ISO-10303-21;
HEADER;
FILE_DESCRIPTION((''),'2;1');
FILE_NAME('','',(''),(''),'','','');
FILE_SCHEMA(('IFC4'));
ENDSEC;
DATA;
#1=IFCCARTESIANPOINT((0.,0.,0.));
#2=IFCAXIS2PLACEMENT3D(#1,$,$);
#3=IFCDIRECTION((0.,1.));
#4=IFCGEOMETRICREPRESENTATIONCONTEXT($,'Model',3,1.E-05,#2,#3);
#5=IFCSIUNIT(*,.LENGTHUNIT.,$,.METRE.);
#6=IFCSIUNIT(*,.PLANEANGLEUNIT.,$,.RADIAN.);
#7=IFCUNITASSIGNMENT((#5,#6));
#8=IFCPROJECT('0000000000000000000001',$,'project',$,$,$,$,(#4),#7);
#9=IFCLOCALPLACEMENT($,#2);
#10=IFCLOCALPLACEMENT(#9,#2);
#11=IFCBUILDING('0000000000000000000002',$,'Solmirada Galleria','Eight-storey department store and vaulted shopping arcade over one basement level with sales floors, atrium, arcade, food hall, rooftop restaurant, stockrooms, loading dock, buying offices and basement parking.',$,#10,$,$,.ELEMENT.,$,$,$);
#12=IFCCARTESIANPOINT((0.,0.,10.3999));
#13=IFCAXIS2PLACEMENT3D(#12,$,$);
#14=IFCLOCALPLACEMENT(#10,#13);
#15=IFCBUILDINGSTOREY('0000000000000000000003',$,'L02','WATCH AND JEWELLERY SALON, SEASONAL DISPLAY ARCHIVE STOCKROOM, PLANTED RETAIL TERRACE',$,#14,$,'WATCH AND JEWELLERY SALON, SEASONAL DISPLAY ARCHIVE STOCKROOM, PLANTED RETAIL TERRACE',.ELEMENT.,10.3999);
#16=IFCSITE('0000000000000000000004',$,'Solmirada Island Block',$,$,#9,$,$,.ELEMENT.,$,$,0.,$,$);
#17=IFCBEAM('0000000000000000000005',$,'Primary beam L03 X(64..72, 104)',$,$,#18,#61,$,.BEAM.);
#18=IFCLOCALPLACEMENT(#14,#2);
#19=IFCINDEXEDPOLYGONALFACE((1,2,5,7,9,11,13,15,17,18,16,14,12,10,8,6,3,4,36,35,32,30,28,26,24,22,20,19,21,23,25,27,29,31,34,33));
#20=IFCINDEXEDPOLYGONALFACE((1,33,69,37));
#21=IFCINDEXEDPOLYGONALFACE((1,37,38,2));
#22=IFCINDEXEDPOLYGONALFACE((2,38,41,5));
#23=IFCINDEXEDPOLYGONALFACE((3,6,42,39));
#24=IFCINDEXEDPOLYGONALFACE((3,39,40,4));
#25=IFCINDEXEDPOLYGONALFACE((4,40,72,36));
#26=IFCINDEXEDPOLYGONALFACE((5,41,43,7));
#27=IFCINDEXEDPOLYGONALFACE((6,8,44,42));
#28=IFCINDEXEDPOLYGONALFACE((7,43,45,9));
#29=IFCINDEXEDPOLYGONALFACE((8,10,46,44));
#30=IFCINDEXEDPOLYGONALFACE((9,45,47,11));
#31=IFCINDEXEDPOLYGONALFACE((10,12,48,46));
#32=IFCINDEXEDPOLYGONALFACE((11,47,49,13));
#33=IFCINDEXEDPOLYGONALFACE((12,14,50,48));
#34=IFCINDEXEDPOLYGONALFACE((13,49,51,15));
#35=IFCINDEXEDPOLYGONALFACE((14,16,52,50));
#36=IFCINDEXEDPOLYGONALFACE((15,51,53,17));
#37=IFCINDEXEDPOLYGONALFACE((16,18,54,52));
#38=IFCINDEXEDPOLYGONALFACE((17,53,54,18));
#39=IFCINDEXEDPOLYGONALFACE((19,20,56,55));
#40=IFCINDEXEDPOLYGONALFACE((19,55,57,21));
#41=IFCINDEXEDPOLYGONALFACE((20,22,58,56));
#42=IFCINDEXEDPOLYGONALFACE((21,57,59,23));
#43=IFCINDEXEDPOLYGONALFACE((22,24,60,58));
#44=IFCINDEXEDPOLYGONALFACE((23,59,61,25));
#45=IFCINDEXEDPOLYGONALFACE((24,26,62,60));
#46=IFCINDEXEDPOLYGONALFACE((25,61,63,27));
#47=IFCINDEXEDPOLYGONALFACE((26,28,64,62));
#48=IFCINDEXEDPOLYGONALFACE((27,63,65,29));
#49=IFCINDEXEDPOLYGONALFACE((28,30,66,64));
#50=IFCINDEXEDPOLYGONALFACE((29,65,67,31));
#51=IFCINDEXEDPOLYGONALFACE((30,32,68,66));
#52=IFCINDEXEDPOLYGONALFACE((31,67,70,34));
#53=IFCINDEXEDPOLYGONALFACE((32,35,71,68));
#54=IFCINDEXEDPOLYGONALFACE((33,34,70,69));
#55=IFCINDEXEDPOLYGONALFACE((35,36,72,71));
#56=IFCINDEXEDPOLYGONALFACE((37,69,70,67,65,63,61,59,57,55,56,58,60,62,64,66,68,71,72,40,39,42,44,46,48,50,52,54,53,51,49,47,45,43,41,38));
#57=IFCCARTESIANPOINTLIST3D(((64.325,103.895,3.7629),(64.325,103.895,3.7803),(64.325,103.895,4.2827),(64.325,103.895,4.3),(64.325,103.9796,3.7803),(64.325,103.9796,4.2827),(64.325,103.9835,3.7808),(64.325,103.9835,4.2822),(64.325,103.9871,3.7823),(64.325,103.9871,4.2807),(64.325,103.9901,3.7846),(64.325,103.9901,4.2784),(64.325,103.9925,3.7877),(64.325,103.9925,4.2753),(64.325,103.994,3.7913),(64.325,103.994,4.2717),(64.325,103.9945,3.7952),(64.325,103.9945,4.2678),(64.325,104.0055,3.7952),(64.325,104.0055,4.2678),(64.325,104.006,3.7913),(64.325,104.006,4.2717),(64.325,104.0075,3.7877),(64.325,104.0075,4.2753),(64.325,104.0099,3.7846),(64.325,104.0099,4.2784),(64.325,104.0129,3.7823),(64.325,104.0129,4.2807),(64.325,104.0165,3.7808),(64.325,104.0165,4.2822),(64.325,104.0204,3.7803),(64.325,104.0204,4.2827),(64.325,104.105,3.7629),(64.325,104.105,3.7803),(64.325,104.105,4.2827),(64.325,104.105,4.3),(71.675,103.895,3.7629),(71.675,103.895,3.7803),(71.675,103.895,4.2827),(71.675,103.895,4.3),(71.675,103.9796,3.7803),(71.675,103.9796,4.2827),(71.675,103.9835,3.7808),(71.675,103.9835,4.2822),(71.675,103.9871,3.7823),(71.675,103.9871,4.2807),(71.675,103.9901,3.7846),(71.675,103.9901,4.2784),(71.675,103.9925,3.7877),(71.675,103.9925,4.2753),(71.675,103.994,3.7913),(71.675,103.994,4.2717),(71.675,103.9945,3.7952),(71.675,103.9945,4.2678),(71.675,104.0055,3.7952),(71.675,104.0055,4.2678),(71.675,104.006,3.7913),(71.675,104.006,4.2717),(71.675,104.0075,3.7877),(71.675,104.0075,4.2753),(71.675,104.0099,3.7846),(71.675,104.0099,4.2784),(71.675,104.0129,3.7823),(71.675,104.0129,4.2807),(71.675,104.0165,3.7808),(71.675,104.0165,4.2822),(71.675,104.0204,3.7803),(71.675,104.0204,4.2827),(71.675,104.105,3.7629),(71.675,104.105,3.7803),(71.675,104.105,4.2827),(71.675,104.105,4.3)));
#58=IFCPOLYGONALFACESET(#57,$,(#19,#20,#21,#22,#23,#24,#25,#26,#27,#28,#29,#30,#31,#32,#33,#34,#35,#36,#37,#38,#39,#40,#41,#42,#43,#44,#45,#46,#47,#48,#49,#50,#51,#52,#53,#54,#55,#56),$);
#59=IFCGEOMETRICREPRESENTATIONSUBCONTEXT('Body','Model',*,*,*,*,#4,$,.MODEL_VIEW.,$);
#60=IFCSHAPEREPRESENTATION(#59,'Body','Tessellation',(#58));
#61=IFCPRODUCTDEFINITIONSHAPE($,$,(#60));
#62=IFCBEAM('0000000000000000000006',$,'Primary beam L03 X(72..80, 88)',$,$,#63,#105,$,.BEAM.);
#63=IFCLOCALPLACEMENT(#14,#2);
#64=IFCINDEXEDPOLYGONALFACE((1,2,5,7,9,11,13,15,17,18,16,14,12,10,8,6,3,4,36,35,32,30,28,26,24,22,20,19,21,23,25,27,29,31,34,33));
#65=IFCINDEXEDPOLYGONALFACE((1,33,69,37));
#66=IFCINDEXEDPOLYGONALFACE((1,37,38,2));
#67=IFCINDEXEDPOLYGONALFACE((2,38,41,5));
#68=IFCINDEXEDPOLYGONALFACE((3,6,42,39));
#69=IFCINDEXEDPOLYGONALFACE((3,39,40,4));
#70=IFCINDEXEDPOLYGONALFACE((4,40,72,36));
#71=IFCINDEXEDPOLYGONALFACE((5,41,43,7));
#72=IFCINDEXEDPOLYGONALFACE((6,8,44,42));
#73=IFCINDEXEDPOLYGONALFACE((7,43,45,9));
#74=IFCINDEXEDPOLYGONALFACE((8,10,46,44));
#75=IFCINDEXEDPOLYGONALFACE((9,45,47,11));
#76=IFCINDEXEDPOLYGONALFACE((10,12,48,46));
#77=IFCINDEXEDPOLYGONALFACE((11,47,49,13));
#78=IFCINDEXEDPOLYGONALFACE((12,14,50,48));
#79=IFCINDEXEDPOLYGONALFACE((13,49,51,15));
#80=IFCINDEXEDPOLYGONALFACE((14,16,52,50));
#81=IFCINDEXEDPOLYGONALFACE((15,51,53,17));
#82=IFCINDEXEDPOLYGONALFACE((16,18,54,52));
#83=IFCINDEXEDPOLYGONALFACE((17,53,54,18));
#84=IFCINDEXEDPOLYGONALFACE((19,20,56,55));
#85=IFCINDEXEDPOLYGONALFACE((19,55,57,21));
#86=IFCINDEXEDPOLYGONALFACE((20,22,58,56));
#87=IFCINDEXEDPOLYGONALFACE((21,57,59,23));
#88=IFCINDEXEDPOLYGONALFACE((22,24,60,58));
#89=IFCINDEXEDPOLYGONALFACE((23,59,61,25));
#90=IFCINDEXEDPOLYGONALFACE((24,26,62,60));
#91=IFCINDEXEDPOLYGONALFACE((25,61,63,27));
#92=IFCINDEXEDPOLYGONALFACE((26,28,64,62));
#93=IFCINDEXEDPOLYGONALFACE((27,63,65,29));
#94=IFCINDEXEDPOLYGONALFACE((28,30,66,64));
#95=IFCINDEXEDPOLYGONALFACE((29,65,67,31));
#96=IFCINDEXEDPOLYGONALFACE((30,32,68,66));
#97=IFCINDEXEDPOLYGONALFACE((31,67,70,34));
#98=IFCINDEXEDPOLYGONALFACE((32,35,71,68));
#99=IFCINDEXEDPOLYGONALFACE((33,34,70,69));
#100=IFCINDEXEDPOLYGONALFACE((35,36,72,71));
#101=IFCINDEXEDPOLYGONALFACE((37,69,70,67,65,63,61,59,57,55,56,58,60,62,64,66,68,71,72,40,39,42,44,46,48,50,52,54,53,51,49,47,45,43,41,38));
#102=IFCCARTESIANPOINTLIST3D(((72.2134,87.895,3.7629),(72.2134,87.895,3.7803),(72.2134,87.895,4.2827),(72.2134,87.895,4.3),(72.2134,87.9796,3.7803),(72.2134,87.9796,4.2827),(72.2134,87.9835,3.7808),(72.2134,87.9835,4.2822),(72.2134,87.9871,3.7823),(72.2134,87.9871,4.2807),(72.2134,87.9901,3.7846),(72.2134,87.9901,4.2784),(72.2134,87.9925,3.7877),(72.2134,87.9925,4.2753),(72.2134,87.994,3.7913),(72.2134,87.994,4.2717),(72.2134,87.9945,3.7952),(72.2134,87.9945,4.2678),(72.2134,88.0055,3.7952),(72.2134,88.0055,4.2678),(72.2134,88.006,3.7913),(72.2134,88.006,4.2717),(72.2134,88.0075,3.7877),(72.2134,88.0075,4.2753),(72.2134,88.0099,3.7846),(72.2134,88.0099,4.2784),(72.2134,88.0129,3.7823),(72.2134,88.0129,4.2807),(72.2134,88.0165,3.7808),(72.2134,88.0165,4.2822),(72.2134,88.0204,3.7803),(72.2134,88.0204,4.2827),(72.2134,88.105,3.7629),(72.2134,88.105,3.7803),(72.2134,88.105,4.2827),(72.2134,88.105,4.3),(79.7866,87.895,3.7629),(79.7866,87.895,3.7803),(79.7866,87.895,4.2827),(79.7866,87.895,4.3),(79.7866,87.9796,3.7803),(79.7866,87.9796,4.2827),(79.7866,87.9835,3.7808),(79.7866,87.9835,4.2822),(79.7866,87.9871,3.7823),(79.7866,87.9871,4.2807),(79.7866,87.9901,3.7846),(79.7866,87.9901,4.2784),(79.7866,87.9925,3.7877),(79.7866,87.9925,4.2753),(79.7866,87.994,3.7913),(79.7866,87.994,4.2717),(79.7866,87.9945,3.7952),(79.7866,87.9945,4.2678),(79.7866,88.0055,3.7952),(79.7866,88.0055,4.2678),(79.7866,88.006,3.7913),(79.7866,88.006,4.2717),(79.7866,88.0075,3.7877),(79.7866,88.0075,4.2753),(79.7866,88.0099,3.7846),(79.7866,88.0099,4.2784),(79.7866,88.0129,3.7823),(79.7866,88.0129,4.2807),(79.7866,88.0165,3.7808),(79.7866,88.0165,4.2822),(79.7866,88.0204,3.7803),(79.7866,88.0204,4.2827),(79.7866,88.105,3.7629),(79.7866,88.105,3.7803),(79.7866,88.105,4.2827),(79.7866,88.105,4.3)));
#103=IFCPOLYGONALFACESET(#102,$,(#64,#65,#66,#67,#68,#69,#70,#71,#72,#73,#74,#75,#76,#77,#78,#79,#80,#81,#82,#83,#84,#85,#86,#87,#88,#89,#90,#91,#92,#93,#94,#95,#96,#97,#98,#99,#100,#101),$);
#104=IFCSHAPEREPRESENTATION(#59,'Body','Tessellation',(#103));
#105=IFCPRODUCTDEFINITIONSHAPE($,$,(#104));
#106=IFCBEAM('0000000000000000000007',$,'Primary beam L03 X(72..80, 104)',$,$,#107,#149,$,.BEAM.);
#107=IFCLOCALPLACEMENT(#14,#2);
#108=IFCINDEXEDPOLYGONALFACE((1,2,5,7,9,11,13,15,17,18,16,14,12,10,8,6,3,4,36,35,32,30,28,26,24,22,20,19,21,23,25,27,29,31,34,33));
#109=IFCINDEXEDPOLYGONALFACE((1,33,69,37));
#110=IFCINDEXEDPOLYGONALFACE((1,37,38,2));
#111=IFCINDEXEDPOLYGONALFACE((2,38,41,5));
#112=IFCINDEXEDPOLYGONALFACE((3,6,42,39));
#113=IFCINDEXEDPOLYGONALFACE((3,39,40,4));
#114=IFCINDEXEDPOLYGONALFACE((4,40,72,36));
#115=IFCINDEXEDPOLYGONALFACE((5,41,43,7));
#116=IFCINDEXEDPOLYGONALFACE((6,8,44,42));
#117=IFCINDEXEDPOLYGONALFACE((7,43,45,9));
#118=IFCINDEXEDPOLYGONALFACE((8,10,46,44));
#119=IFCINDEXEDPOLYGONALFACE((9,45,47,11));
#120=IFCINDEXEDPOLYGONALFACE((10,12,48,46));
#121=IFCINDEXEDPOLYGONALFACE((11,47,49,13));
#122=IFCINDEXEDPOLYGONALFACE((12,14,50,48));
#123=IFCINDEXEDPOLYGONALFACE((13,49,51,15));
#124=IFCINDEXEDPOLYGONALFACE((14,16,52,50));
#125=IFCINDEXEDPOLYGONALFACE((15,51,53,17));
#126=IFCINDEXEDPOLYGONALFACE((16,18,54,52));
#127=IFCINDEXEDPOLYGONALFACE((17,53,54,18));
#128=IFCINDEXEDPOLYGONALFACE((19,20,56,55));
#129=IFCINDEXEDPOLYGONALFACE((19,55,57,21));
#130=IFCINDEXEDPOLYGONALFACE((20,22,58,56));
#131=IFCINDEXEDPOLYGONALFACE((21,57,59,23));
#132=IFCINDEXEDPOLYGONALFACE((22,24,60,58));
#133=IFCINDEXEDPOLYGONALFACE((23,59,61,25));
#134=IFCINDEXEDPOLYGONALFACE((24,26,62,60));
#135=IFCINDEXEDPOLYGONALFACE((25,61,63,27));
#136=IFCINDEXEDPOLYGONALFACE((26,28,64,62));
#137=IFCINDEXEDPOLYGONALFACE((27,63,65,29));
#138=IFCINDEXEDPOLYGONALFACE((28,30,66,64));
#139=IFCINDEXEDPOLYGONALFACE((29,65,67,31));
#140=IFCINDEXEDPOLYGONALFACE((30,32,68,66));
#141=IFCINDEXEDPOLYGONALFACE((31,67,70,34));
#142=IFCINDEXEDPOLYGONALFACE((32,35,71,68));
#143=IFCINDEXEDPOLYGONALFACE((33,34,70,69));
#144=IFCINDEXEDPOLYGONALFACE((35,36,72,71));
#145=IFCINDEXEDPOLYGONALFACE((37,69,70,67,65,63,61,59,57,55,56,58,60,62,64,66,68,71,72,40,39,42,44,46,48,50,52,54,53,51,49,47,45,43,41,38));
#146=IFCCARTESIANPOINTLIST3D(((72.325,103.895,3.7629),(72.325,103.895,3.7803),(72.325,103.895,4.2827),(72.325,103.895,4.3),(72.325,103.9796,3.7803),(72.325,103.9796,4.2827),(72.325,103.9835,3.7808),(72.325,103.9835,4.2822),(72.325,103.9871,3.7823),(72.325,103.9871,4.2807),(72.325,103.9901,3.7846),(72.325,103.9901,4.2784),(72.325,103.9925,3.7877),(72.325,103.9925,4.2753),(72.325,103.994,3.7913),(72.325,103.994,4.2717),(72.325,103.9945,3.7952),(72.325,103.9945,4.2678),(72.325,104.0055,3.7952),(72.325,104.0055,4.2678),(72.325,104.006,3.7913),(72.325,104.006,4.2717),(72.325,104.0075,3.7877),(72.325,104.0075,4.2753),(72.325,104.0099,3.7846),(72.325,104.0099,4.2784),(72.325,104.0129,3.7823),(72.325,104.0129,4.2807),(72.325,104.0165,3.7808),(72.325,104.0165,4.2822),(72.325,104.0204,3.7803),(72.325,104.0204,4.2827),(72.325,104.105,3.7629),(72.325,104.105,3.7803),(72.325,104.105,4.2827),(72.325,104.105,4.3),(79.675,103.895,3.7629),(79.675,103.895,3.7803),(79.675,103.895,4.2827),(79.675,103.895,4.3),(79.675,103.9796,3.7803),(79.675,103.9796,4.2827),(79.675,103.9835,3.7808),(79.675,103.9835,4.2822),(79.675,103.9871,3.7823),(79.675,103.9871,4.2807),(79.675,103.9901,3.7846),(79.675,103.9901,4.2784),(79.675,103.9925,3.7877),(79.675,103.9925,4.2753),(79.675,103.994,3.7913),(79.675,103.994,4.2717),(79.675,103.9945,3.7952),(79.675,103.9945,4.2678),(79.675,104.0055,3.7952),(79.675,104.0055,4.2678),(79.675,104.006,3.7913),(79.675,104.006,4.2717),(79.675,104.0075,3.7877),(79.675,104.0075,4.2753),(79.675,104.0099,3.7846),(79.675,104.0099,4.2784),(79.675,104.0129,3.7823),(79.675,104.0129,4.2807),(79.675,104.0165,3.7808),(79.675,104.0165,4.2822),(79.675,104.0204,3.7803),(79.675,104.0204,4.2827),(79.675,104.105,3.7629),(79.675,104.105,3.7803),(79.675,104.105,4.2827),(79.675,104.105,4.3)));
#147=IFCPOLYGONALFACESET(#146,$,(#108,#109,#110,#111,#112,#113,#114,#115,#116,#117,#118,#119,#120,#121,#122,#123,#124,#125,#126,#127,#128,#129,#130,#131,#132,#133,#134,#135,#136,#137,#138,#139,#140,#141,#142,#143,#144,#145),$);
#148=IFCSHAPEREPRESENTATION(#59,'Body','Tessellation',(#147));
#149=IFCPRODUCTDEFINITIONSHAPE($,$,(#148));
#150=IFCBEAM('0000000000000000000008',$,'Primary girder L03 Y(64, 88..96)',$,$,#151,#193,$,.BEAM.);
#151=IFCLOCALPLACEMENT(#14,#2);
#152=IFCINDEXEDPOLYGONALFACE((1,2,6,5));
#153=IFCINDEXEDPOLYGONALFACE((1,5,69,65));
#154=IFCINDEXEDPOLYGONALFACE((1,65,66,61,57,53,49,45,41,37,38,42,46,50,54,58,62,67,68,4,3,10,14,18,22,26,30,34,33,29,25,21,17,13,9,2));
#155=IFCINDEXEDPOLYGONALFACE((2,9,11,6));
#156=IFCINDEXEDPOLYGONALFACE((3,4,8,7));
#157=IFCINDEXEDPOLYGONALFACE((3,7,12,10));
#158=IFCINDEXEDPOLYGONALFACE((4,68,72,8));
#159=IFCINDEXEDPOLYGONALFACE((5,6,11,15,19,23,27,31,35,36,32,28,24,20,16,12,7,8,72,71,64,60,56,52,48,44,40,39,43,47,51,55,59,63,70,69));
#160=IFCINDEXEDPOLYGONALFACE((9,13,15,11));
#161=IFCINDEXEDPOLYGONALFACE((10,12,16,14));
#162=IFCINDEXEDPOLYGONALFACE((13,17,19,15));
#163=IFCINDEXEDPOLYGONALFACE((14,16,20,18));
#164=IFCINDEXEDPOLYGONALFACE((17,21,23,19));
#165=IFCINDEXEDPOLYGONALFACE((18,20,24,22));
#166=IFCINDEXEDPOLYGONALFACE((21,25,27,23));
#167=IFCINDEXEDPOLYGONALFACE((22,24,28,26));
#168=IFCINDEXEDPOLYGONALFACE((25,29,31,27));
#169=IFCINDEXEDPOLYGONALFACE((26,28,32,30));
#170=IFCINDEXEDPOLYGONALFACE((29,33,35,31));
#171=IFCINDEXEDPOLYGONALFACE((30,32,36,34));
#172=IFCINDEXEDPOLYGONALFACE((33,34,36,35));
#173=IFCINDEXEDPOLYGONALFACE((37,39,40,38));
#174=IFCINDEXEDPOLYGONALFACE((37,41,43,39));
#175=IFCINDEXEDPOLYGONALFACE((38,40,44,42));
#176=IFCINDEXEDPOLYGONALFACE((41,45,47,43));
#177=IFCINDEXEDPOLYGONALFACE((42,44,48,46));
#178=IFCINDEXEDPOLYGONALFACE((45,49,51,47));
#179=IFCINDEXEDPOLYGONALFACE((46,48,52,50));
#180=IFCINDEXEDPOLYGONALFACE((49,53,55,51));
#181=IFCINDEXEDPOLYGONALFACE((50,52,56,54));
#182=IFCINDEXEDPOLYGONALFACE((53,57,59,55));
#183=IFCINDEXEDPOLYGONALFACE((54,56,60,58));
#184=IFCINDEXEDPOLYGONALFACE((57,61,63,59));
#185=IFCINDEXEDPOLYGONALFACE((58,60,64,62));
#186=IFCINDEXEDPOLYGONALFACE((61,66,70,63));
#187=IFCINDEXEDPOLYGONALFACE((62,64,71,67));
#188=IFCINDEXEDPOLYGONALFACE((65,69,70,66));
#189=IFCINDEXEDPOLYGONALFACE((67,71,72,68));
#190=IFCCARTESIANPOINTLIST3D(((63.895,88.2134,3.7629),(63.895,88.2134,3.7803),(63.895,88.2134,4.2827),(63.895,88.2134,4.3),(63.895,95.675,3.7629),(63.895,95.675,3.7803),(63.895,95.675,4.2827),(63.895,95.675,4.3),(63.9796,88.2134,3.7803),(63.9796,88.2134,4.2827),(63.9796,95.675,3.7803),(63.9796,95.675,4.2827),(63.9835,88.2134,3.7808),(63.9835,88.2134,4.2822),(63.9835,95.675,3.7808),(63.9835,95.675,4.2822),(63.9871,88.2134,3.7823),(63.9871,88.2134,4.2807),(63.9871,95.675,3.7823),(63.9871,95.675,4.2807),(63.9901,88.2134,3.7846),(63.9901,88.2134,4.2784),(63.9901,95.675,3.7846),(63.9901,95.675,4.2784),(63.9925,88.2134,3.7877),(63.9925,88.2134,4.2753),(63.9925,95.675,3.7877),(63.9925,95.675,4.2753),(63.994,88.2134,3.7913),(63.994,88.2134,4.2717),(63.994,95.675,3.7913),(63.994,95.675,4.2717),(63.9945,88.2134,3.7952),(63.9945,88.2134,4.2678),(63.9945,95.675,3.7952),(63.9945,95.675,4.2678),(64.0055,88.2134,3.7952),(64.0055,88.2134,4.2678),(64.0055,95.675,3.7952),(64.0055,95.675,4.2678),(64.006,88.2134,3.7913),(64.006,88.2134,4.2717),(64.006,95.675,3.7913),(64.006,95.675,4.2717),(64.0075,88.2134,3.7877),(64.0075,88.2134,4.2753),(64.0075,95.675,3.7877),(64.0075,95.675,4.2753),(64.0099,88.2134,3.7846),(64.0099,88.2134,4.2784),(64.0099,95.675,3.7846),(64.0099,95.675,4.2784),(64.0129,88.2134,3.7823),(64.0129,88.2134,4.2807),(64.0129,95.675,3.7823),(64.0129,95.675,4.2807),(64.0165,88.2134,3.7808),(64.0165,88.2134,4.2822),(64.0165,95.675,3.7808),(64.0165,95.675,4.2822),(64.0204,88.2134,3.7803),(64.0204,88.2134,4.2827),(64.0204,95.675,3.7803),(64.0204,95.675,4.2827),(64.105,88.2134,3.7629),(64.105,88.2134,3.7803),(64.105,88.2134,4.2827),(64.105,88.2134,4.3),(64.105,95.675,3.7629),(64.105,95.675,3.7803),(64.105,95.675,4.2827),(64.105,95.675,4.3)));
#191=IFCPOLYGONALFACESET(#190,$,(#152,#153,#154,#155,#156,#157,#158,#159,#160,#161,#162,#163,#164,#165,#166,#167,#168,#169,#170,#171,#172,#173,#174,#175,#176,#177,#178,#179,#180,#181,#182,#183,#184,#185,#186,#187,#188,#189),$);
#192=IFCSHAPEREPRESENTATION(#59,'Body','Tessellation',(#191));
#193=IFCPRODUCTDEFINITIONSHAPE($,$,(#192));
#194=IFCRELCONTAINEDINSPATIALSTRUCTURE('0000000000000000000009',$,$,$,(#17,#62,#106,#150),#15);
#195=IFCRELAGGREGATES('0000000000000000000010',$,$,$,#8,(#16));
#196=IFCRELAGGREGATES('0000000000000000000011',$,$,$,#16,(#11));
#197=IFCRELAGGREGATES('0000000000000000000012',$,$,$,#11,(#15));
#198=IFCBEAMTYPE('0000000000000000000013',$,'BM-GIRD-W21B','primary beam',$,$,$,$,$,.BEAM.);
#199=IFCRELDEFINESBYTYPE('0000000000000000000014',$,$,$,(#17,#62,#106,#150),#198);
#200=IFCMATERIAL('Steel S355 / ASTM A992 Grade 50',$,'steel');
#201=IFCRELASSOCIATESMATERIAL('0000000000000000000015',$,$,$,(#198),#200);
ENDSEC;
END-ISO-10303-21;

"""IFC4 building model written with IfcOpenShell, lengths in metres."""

from ifc_helpers import new_model, si_unit, direction, frame, origin, origin_2d, place, context, subcontext, project, spatial, i_section, extrude, material, material_profile, profile_set, type_object, element, save


model = new_model("IFC4")

# Units and contexts
model_context = context("Model", 3, precision=1e-05, world=origin(), true_north=direction((0.0, 1.0)))
body_context = subcontext(model_context, "Body", "Model", "MODEL_VIEW")
ifc_project = project(units=[si_unit("LENGTHUNIT", "METRE"), si_unit("PLANEANGLEUNIT", "RADIAN")], contexts=[model_context])

# Site, building, storey
site_placement = place(None, origin())
site = spatial("IfcSite", under=ifc_project, at=site_placement, Name="Solmirada Island Block", CompositionType="ELEMENT", RefElevation=0.0)
building_placement = place(site_placement, origin())
building = spatial("IfcBuilding", under=site, at=building_placement, Name="Solmirada Galleria", Description="Eight-storey department store and vaulted shopping arcade over one basement level with sales floors, atrium, arcade, food hall, rooftop restaurant, stockrooms, loading dock, buying offices and basement parking.", CompositionType="ELEMENT")
storey_placement = place(building_placement, frame((0.0, 0.0, 10.3999)))
storey = spatial("IfcBuildingStorey", under=building, at=storey_placement, Name="L02", Description="WATCH AND JEWELLERY SALON, SEASONAL DISPLAY ARCHIVE STOCKROOM, PLANTED RETAIL TERRACE", LongName="WATCH AND JEWELLERY SALON, SEASONAL DISPLAY ARCHIVE STOCKROOM, PLANTED RETAIL TERRACE", CompositionType="ELEMENT", Elevation=10.3999)

# Beams
ifc_material_1 = material(Name="Steel S355 / ASTM A992 Grade 50", Category="steel")
ifc_material_profile_1 = material_profile(ifc_material_1, i_section(OverallWidth=0.21, OverallDepth=0.5371, WebThickness=0.011, FlangeThickness=0.0173, FilletRadius=0.0149, at=origin_2d()), Name="W21X68")
ifc_profile_set_1 = profile_set([ifc_material_profile_1], Name="Steel S355 / ASTM A992 Grade 50")
beam_type_1 = type_object("IfcBeamType", Name="BM-GIRD-W21B", Description="primary beam", PredefinedType="BEAM", material=ifc_profile_set_1)
beam_1_placement = place(storey_placement, frame((64.325, 104.0, 4.0315), z_axis=(1.0, 0.0, 0.0), x_axis=(0.0, 1.0, 0.0)))
element("IfcBeam", 1, at=beam_1_placement, inside=storey, type_object=beam_type_1, Name="Primary beam L03 X(64..72, 104)", PredefinedType="BEAM", context=body_context, shape_type="SweptSolid", body=[
    extrude(i_section(OverallWidth=0.21, OverallDepth=0.5371, WebThickness=0.011, FlangeThickness=0.0173, FilletRadius=0.0149, at=origin_2d()), origin(), (0.0, 0.0, 1.0), 7.3501),
])
beam_2_placement = place(storey_placement, frame((72.2134, 88.0, 4.0315), z_axis=(1.0, 0.0, 0.0), x_axis=(0.0, 1.0, 0.0)))
element("IfcBeam", 2, at=beam_2_placement, inside=storey, type_object=beam_type_1, Name="Primary beam L03 X(72..80, 88)", PredefinedType="BEAM", context=body_context, shape_type="SweptSolid", body=[
    extrude(i_section(OverallWidth=0.21, OverallDepth=0.5371, WebThickness=0.011, FlangeThickness=0.0173, FilletRadius=0.0149, at=origin_2d()), origin(), (0.0, 0.0, 1.0), 7.5732),
])
beam_3_placement = place(storey_placement, frame((72.325, 104.0, 4.0315), z_axis=(1.0, 0.0, 0.0), x_axis=(0.0, 1.0, 0.0)))
element("IfcBeam", 3, at=beam_3_placement, inside=storey, type_object=beam_type_1, Name="Primary beam L03 X(72..80, 104)", PredefinedType="BEAM", context=body_context, shape_type="SweptSolid", body=[
    extrude(i_section(OverallWidth=0.21, OverallDepth=0.5371, WebThickness=0.011, FlangeThickness=0.0173, FilletRadius=0.0149, at=origin_2d()), origin(), (0.0, 0.0, 1.0), 7.3501),
])
beam_4_placement = place(storey_placement, frame((64.0, 88.2134, 4.0315), z_axis=(0.0, 1.0, 0.0), x_axis=(-1.0, 0.0, 0.0)))
element("IfcBeam", 4, at=beam_4_placement, inside=storey, type_object=beam_type_1, Name="Primary girder L03 Y(64, 88..96)", PredefinedType="BEAM", context=body_context, shape_type="SweptSolid", body=[
    extrude(i_section(OverallWidth=0.21, OverallDepth=0.5371, WebThickness=0.011, FlangeThickness=0.0173, FilletRadius=0.0149, at=origin_2d()), origin(), (0.0, 0.0, 1.0), 7.4617),
])

save(model, "model.ifc")
